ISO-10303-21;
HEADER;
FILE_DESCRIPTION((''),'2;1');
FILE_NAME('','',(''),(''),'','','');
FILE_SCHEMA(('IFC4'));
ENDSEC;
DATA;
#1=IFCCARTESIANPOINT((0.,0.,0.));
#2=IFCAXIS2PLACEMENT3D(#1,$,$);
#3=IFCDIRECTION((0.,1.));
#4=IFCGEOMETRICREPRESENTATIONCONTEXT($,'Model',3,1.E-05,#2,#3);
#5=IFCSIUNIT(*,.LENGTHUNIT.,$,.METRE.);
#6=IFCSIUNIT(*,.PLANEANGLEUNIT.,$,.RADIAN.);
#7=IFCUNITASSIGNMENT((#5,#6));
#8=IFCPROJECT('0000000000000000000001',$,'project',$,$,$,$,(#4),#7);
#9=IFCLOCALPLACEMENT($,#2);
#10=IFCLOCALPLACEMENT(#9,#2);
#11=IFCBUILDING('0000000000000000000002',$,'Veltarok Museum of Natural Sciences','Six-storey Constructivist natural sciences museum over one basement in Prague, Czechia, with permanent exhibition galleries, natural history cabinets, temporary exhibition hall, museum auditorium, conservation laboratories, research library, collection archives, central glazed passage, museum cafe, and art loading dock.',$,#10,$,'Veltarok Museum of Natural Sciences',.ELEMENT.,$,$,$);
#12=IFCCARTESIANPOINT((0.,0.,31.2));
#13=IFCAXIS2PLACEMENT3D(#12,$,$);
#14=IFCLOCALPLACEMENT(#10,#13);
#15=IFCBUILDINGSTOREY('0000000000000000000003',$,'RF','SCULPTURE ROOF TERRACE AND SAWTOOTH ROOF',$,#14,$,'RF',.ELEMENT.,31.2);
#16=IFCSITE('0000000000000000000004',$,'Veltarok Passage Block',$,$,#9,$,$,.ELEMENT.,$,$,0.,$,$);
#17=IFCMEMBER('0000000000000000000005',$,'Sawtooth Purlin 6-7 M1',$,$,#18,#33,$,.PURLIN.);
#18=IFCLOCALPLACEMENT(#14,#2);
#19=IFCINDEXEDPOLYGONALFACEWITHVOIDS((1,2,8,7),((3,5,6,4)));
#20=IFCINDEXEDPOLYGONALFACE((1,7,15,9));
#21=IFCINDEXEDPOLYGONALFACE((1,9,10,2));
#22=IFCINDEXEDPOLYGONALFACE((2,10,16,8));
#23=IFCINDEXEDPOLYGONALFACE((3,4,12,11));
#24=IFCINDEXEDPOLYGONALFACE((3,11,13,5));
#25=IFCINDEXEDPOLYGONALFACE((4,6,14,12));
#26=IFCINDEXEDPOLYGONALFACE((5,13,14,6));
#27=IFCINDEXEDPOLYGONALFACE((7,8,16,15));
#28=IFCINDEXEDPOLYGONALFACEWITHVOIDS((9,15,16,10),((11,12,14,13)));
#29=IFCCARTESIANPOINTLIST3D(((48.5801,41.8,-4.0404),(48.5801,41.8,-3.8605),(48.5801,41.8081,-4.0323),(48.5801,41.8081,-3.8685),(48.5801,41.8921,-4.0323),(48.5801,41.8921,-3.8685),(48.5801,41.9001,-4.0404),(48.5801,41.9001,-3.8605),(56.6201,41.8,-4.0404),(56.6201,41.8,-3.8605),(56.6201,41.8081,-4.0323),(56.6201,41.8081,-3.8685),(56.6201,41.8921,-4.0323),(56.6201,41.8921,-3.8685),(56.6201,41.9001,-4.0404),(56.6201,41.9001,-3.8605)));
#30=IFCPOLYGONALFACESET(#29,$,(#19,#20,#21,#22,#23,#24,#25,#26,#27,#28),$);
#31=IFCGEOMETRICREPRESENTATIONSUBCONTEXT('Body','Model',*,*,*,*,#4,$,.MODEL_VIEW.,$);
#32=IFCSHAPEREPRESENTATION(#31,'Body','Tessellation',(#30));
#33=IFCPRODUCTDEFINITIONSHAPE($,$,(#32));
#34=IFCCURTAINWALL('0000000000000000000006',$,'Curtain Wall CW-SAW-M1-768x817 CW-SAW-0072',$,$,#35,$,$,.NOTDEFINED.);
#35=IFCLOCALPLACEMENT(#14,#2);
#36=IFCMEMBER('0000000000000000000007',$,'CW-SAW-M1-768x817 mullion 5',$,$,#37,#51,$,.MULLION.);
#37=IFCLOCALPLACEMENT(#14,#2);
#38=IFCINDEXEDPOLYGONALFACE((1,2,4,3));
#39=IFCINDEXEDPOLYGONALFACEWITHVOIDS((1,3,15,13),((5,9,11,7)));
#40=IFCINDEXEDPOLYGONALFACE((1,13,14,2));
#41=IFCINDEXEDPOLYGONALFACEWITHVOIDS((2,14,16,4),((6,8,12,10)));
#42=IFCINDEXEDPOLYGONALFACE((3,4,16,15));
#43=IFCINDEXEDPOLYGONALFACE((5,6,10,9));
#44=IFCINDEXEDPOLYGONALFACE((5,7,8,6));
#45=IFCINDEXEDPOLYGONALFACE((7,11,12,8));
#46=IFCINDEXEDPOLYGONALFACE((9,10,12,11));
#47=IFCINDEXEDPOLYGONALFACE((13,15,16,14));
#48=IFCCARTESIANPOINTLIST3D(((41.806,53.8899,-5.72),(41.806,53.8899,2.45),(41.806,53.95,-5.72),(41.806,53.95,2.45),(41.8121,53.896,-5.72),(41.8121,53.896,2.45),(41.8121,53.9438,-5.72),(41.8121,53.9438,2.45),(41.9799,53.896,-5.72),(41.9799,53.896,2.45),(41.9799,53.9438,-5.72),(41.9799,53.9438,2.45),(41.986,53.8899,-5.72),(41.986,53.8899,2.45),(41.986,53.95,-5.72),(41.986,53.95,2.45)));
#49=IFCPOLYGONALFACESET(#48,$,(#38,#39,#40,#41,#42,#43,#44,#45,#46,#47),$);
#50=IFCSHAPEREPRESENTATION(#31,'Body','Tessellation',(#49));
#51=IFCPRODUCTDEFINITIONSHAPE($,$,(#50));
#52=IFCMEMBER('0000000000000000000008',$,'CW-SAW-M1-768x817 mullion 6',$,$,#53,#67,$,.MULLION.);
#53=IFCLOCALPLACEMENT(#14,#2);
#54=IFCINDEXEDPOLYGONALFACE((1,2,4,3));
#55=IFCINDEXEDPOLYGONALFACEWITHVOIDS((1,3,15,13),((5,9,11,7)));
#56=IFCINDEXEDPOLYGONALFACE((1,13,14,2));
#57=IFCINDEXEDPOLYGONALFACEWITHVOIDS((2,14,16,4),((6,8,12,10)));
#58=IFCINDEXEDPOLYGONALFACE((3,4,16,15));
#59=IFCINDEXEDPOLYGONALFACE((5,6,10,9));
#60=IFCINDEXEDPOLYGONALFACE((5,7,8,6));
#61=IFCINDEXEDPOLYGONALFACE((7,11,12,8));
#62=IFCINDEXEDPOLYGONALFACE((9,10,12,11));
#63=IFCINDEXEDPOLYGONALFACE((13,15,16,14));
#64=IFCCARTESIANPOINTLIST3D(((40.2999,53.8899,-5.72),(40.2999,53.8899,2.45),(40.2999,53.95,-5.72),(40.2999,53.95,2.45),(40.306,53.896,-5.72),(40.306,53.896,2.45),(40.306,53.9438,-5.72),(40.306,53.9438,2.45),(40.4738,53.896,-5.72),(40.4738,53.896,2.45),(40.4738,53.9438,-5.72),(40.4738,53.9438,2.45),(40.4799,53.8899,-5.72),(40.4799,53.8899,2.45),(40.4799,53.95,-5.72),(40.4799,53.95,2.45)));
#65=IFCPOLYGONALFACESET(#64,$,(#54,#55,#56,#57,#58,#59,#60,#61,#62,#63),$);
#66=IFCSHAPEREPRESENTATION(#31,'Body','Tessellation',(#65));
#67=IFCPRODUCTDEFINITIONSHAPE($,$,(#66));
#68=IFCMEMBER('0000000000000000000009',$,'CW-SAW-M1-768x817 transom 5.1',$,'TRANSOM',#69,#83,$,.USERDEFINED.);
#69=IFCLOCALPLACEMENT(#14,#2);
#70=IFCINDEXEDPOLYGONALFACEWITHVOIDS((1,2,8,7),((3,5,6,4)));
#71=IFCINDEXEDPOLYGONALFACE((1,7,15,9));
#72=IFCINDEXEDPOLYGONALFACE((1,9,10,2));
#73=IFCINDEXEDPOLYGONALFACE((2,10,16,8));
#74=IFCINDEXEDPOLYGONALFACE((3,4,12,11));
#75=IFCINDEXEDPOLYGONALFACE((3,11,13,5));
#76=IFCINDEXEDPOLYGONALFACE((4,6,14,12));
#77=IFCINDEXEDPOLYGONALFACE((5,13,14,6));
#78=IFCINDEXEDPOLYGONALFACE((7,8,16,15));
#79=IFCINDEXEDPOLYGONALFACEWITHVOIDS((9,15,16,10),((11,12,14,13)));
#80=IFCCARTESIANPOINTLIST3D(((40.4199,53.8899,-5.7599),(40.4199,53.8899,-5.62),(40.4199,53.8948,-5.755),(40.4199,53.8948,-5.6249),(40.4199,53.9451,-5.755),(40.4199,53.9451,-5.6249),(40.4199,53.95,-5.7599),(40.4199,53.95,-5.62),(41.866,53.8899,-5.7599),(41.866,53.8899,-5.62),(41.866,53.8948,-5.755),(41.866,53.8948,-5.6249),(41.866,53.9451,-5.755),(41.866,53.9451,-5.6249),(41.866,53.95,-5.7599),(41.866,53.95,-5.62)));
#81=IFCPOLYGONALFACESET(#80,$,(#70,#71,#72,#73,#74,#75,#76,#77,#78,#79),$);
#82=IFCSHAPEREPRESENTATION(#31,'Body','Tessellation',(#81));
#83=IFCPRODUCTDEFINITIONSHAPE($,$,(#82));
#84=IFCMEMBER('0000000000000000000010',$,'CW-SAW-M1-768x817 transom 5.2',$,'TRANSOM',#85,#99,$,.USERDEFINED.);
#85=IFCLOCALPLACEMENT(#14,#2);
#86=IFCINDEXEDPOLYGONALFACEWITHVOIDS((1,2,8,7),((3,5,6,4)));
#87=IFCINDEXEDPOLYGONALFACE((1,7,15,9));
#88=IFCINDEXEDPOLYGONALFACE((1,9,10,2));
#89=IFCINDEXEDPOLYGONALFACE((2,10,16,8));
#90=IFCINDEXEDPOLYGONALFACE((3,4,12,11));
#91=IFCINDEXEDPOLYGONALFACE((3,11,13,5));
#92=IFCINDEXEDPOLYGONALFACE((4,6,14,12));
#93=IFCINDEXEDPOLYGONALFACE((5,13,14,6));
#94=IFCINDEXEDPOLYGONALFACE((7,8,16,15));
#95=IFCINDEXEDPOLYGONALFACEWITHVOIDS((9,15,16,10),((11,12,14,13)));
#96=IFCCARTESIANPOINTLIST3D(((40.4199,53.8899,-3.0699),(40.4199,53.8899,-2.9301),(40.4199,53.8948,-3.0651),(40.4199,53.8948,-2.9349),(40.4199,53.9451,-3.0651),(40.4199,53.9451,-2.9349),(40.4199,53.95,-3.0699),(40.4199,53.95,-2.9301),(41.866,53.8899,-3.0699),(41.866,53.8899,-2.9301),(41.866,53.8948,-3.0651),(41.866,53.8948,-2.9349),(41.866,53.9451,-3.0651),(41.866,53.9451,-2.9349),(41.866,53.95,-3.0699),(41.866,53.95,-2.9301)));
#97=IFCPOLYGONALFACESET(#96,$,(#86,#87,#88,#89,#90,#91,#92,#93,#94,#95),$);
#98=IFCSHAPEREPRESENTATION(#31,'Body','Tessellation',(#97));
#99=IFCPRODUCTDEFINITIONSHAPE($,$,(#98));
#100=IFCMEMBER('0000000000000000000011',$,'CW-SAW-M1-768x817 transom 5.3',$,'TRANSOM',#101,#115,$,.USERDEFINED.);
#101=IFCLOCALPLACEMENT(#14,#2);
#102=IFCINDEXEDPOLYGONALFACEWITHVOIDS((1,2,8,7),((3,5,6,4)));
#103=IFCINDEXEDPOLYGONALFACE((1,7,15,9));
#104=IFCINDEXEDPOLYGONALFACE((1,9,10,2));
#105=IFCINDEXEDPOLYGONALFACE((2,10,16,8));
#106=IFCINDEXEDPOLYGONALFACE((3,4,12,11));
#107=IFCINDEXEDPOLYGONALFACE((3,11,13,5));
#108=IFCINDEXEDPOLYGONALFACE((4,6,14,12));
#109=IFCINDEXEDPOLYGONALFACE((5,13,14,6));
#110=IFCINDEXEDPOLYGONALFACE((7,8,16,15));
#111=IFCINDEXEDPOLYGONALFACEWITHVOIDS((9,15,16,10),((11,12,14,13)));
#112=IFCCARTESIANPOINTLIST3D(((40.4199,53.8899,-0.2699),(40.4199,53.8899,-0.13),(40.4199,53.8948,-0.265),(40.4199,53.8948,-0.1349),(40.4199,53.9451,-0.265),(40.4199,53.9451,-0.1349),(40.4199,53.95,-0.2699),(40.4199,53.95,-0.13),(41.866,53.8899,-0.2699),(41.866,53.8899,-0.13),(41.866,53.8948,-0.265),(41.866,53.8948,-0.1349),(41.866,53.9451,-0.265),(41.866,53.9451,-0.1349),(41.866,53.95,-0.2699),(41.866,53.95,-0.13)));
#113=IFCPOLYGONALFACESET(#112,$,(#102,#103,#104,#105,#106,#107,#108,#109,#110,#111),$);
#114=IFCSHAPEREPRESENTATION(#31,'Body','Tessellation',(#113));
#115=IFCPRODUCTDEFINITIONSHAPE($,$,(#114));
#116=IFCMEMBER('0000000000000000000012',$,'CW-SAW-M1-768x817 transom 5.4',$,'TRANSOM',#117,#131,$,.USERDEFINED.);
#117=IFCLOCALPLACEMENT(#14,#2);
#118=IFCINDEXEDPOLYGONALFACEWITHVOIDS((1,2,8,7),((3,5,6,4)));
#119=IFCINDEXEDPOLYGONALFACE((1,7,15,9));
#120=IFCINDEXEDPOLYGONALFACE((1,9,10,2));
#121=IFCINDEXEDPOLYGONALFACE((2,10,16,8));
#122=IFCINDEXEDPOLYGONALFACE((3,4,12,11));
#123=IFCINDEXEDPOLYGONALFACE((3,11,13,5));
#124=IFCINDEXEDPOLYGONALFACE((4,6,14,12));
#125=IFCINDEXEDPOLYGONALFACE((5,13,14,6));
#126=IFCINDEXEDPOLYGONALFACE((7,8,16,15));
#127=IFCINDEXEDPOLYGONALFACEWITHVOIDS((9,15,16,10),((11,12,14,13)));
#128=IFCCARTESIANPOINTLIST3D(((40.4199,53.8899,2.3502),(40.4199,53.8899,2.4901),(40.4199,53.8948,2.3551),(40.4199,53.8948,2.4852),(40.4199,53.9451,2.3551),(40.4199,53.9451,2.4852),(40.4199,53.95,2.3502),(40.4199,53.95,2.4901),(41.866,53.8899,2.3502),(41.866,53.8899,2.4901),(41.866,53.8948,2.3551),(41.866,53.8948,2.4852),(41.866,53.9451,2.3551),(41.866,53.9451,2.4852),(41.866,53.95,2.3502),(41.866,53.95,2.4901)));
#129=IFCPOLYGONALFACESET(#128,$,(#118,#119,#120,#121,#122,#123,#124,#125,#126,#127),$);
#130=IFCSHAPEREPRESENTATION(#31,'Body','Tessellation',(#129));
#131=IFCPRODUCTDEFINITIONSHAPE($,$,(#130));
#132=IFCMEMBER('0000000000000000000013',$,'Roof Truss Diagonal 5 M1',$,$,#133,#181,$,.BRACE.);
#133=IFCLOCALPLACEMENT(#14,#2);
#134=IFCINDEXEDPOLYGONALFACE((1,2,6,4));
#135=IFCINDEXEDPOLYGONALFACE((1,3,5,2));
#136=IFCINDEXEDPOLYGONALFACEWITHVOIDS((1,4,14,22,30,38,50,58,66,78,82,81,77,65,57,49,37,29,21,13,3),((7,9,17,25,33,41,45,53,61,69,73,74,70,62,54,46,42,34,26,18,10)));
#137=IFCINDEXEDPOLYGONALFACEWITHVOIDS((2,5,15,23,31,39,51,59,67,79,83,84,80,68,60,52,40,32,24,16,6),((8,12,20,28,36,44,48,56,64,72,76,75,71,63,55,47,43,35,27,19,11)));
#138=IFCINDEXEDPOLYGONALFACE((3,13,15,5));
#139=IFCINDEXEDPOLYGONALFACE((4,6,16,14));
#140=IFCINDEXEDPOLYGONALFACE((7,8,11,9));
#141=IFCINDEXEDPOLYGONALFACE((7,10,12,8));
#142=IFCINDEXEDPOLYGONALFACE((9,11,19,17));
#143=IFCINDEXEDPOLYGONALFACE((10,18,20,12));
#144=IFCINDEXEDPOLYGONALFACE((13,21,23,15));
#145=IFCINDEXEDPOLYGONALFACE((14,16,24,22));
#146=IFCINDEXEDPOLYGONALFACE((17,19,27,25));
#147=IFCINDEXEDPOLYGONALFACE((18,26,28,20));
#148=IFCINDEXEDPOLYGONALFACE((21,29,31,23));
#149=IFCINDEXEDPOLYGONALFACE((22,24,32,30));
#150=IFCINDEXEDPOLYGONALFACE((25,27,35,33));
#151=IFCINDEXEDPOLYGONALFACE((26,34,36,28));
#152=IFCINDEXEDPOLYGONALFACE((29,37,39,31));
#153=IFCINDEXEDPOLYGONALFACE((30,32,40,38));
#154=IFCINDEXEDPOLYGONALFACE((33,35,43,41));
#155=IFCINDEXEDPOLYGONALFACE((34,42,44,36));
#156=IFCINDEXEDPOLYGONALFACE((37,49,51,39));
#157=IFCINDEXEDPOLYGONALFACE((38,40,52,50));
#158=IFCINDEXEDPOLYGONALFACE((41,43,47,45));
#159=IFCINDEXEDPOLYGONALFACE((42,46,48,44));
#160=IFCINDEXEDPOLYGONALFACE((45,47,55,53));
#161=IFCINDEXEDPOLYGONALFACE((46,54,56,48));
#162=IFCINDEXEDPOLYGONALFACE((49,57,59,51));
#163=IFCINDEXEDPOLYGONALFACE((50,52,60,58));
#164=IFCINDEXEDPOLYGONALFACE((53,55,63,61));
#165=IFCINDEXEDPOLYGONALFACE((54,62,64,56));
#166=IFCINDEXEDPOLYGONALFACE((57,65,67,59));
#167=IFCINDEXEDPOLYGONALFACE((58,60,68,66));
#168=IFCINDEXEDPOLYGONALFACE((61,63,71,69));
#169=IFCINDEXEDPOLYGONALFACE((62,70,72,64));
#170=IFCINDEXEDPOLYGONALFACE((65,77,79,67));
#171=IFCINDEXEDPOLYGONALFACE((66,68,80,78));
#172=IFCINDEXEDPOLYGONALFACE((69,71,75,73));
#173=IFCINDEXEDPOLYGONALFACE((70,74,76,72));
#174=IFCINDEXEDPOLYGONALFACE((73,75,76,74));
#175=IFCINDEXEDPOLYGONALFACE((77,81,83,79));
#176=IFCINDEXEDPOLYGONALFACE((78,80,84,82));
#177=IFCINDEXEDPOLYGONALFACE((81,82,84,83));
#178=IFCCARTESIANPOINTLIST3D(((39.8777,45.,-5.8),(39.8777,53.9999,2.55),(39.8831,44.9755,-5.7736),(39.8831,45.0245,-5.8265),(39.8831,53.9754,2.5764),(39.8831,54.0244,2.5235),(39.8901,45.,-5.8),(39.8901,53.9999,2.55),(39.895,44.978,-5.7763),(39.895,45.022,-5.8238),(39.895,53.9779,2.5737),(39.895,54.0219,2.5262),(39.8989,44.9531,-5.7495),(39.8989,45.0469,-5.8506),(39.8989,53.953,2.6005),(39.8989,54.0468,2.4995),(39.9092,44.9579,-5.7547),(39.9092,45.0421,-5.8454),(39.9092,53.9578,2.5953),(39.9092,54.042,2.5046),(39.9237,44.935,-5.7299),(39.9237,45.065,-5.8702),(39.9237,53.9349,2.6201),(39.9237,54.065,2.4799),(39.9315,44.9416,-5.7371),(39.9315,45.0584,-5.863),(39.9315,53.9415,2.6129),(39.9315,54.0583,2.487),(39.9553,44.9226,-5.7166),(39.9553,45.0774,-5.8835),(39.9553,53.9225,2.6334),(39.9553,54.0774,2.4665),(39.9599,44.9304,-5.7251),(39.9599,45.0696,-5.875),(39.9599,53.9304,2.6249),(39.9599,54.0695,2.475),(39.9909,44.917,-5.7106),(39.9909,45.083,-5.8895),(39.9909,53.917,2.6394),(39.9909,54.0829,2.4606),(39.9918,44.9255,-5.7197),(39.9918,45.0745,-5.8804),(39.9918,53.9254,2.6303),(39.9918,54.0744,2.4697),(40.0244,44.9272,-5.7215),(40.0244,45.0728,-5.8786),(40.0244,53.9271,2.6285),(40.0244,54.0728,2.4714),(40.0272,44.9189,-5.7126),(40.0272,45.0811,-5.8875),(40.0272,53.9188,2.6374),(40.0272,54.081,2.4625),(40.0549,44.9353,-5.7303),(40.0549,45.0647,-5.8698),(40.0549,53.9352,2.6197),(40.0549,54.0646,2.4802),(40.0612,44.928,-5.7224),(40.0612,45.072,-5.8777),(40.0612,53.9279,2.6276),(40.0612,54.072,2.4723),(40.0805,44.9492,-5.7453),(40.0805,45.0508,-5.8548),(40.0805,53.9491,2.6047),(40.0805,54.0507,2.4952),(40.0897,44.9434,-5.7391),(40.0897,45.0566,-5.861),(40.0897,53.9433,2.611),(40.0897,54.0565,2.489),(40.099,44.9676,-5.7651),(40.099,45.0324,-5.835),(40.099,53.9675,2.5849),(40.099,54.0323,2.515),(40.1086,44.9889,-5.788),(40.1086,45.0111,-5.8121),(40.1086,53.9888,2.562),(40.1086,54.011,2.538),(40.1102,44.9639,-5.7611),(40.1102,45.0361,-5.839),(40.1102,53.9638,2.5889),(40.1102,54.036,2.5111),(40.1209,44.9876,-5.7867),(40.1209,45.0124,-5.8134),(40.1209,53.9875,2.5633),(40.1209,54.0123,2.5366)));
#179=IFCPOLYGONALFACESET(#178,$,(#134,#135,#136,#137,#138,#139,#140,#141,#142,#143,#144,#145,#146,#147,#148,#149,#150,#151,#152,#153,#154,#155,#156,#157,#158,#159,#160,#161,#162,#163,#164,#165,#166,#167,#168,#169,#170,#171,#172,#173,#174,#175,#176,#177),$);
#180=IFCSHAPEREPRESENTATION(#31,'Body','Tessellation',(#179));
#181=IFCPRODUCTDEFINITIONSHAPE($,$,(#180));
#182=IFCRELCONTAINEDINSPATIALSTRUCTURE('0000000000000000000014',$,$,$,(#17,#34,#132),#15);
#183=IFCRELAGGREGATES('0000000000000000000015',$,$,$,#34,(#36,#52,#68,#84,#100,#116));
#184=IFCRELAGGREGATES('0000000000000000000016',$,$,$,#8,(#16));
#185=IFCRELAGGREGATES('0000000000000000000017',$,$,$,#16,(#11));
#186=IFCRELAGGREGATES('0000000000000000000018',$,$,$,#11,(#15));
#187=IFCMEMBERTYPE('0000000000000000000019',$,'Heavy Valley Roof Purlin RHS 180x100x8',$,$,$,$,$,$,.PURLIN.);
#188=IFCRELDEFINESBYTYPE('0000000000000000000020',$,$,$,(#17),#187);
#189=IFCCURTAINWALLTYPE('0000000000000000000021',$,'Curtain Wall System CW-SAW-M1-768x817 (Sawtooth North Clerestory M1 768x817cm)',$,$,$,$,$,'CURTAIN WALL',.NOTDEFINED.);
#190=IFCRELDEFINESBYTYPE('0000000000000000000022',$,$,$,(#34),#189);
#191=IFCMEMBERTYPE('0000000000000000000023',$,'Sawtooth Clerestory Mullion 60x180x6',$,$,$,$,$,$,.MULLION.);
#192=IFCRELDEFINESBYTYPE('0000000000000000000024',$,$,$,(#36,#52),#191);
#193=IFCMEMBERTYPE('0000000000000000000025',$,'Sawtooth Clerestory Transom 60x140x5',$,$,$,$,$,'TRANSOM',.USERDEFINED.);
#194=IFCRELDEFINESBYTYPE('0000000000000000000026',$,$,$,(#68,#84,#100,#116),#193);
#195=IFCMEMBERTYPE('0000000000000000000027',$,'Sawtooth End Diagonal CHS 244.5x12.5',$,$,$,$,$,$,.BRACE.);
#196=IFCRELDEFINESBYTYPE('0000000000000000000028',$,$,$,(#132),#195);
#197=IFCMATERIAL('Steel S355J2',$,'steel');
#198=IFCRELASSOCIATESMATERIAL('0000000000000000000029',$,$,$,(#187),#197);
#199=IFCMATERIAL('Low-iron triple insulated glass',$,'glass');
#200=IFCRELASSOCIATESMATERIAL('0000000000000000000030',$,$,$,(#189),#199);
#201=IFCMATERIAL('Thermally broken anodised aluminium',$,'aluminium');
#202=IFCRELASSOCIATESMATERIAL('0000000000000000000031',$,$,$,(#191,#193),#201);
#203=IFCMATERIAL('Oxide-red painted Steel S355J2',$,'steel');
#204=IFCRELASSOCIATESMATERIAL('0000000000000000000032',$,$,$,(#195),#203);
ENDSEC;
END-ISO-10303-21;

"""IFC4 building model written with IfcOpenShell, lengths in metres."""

from ifc_helpers import new_model, si_unit, direction, frame, origin, origin_2d, place, context, subcontext, project, spatial, hollow_rectangle, hollow_circle, extrude, material, material_profile, profile_set, type_object, element, aggregate, save


model = new_model("IFC4")

# Units and contexts
model_context = context("Model", 3, precision=1e-05, world=origin(), true_north=direction((0.0, 1.0)))
body_context = subcontext(model_context, "Body", "Model", "MODEL_VIEW")
ifc_project = project(units=[si_unit("LENGTHUNIT", "METRE"), si_unit("PLANEANGLEUNIT", "RADIAN")], contexts=[model_context])

# Site, building, storey
site_placement = place(None, origin())
site = spatial("IfcSite", under=ifc_project, at=site_placement, Name="Veltarok Passage Block", CompositionType="ELEMENT", RefElevation=0.0)
building_placement = place(site_placement, origin())
building = spatial("IfcBuilding", under=site, at=building_placement, Name="Veltarok Museum of Natural Sciences", Description="Six-storey Constructivist natural sciences museum over one basement in Prague, Czechia, with permanent exhibition galleries, natural history cabinets, temporary exhibition hall, museum auditorium, conservation laboratories, research library, collection archives, central glazed passage, museum cafe, and art loading dock.", LongName="Veltarok Museum of Natural Sciences", CompositionType="ELEMENT")
storey_placement = place(building_placement, frame((0.0, 0.0, 31.2)))
storey = spatial("IfcBuildingStorey", under=building, at=storey_placement, Name="RF", Description="SCULPTURE ROOF TERRACE AND SAWTOOTH ROOF", LongName="RF", CompositionType="ELEMENT", Elevation=31.2)

# Member
ifc_material_1 = material(Name="Steel S355J2", Category="steel")
ifc_material_profile_1 = material_profile(ifc_material_1, hollow_rectangle(XDim=0.1001, YDim=0.1799, WallThickness=0.0081, at=origin_2d()), Name="RHS 180x100x8")
ifc_profile_set_1 = profile_set([ifc_material_profile_1], Name="Steel S355J2")
member_type_1 = type_object("IfcMemberType", Name="Heavy Valley Roof Purlin RHS 180x100x8", PredefinedType="PURLIN", material=ifc_profile_set_1)
member_1_placement = place(storey_placement, frame((48.5801, 41.8501, -3.9504), z_axis=(1.0, 0.0, 0.0), x_axis=(0.0, 1.0, 0.0)))
element("IfcMember", 1, at=member_1_placement, inside=storey, type_object=member_type_1, Name="Sawtooth Purlin 6-7 M1", PredefinedType="PURLIN", context=body_context, shape_type="SweptSolid", body=[
    extrude(hollow_rectangle(XDim=0.1001, YDim=0.1799, WallThickness=0.0081, at=origin_2d()), origin(), (0.0, 0.0, 1.0), 8.04),
])

# Curtain wall, members
ifc_material_2 = material(Name="Low-iron triple insulated glass", Category="glass")
curtain_wall_type = type_object("IfcCurtainWallType", Name="Curtain Wall System CW-SAW-M1-768x817 (Sawtooth North Clerestory M1 768x817cm)", ElementType="CURTAIN WALL", PredefinedType="NOTDEFINED", material=ifc_material_2)
curtain_wall_placement = place(storey_placement, origin())
curtain_wall = element("IfcCurtainWall", 2, at=curtain_wall_placement, inside=storey, type_object=curtain_wall_type, Name="Curtain Wall CW-SAW-M1-768x817 CW-SAW-0072", PredefinedType="NOTDEFINED")
ifc_material_3 = material(Name="Thermally broken anodised aluminium", Category="aluminium")
ifc_material_profile_2 = material_profile(ifc_material_3, hollow_rectangle(XDim=0.0601, YDim=0.1799, WallThickness=0.0061, at=origin_2d()), Name="CW MULLION 60x180x6")
ifc_profile_set_2 = profile_set([ifc_material_profile_2], Name="Thermally broken anodised aluminium")
member_type_2 = type_object("IfcMemberType", Name="Sawtooth Clerestory Mullion 60x180x6", PredefinedType="MULLION", material=ifc_profile_set_2)
member_2_placement = place(storey_placement, frame((41.896, 53.9199, -5.72), z_axis=(0.0, 0.0, 1.0), x_axis=(0.0, -1.0, 0.0)))
member_2 = element("IfcMember", 3, at=member_2_placement, type_object=member_type_2, Name="CW-SAW-M1-768x817 mullion 5", PredefinedType="MULLION", context=body_context, shape_type="SweptSolid", body=[
    extrude(hollow_rectangle(XDim=0.0601, YDim=0.1799, WallThickness=0.0061, at=origin_2d()), origin(), (0.0, 0.0, 1.0), 8.1699),
])
member_3_placement = place(storey_placement, frame((40.3899, 53.9199, -5.72), z_axis=(0.0, 0.0, 1.0), x_axis=(0.0, -1.0, 0.0)))
member_3 = element("IfcMember", 4, at=member_3_placement, type_object=member_type_2, Name="CW-SAW-M1-768x817 mullion 6", PredefinedType="MULLION", context=body_context, shape_type="SweptSolid", body=[
    extrude(hollow_rectangle(XDim=0.0601, YDim=0.1799, WallThickness=0.0061, at=origin_2d()), origin(), (0.0, 0.0, 1.0), 8.1699),
])
ifc_material_profile_3 = material_profile(ifc_material_3, hollow_rectangle(XDim=0.0601, YDim=0.1399, WallThickness=0.0049, at=origin_2d()), Name="CW TRANSOM 60x140x5")
ifc_profile_set_3 = profile_set([ifc_material_profile_3], Name="Thermally broken anodised aluminium")
member_type_3 = type_object("IfcMemberType", Name="Sawtooth Clerestory Transom 60x140x5", ElementType="TRANSOM", PredefinedType="USERDEFINED", material=ifc_profile_set_3)
member_4_placement = place(storey_placement, frame((41.866, 53.9199, -5.6899), z_axis=(-1.0, 0.0, 0.0), x_axis=(0.0, -1.0, 0.0)))
member_4 = element("IfcMember", 5, at=member_4_placement, type_object=member_type_3, Name="CW-SAW-M1-768x817 transom 5.1", ObjectType="TRANSOM", PredefinedType="USERDEFINED", context=body_context, shape_type="SweptSolid", body=[
    extrude(hollow_rectangle(XDim=0.0601, YDim=0.1399, WallThickness=0.0049, at=origin_2d()), origin(), (0.0, 0.0, 1.0), 1.446),
])
member_5_placement = place(storey_placement, frame((41.866, 53.9199, -3.0), z_axis=(-1.0, 0.0, 0.0), x_axis=(0.0, -1.0, 0.0)))
member_5 = element("IfcMember", 6, at=member_5_placement, type_object=member_type_3, Name="CW-SAW-M1-768x817 transom 5.2", ObjectType="TRANSOM", PredefinedType="USERDEFINED", context=body_context, shape_type="SweptSolid", body=[
    extrude(hollow_rectangle(XDim=0.0601, YDim=0.1399, WallThickness=0.0049, at=origin_2d()), origin(), (0.0, 0.0, 1.0), 1.446),
])
member_6_placement = place(storey_placement, frame((41.866, 53.9199, -0.2), z_axis=(-1.0, 0.0, 0.0), x_axis=(0.0, -1.0, 0.0)))
member_6 = element("IfcMember", 7, at=member_6_placement, type_object=member_type_3, Name="CW-SAW-M1-768x817 transom 5.3", ObjectType="TRANSOM", PredefinedType="USERDEFINED", context=body_context, shape_type="SweptSolid", body=[
    extrude(hollow_rectangle(XDim=0.0601, YDim=0.1399, WallThickness=0.0049, at=origin_2d()), origin(), (0.0, 0.0, 1.0), 1.446),
])
member_7_placement = place(storey_placement, frame((41.866, 53.9199, 2.4202), z_axis=(-1.0, 0.0, 0.0), x_axis=(0.0, -1.0, 0.0)))
member_7 = element("IfcMember", 8, at=member_7_placement, type_object=member_type_3, Name="CW-SAW-M1-768x817 transom 5.4", ObjectType="TRANSOM", PredefinedType="USERDEFINED", context=body_context, shape_type="SweptSolid", body=[
    extrude(hollow_rectangle(XDim=0.0601, YDim=0.1399, WallThickness=0.0049, at=origin_2d()), origin(), (0.0, 0.0, 1.0), 1.446),
])

# Member
ifc_material_4 = material(Name="Oxide-red painted Steel S355J2", Category="steel")
ifc_material_profile_4 = material_profile(ifc_material_4, hollow_circle(Radius=0.1223, WallThickness=0.0125, at=origin_2d()), Name="CHS 244.5x12.5")
ifc_profile_set_4 = profile_set([ifc_material_profile_4], Name="Oxide-red painted Steel S355J2")
member_type_4 = type_object("IfcMemberType", Name="Sawtooth End Diagonal CHS 244.5x12.5", PredefinedType="BRACE", material=ifc_profile_set_4)
member_8_placement = place(storey_placement, frame((40.0, 45.0, -5.8), z_axis=(0.0, 0.73308, 0.680143), x_axis=(-1.0, 0.0, 0.0)))
element("IfcMember", 9, at=member_8_placement, inside=storey, type_object=member_type_4, Name="Roof Truss Diagonal 5 M1", PredefinedType="BRACE", context=body_context, shape_type="SweptSolid", body=[
    extrude(hollow_circle(Radius=0.1223, WallThickness=0.0125, at=origin_2d()), origin(), (0.0, 0.0, 1.0), 12.2769),
])

aggregate(curtain_wall, [member_2, member_3, member_4, member_5, member_6, member_7])

save(model, "model.ifc")
